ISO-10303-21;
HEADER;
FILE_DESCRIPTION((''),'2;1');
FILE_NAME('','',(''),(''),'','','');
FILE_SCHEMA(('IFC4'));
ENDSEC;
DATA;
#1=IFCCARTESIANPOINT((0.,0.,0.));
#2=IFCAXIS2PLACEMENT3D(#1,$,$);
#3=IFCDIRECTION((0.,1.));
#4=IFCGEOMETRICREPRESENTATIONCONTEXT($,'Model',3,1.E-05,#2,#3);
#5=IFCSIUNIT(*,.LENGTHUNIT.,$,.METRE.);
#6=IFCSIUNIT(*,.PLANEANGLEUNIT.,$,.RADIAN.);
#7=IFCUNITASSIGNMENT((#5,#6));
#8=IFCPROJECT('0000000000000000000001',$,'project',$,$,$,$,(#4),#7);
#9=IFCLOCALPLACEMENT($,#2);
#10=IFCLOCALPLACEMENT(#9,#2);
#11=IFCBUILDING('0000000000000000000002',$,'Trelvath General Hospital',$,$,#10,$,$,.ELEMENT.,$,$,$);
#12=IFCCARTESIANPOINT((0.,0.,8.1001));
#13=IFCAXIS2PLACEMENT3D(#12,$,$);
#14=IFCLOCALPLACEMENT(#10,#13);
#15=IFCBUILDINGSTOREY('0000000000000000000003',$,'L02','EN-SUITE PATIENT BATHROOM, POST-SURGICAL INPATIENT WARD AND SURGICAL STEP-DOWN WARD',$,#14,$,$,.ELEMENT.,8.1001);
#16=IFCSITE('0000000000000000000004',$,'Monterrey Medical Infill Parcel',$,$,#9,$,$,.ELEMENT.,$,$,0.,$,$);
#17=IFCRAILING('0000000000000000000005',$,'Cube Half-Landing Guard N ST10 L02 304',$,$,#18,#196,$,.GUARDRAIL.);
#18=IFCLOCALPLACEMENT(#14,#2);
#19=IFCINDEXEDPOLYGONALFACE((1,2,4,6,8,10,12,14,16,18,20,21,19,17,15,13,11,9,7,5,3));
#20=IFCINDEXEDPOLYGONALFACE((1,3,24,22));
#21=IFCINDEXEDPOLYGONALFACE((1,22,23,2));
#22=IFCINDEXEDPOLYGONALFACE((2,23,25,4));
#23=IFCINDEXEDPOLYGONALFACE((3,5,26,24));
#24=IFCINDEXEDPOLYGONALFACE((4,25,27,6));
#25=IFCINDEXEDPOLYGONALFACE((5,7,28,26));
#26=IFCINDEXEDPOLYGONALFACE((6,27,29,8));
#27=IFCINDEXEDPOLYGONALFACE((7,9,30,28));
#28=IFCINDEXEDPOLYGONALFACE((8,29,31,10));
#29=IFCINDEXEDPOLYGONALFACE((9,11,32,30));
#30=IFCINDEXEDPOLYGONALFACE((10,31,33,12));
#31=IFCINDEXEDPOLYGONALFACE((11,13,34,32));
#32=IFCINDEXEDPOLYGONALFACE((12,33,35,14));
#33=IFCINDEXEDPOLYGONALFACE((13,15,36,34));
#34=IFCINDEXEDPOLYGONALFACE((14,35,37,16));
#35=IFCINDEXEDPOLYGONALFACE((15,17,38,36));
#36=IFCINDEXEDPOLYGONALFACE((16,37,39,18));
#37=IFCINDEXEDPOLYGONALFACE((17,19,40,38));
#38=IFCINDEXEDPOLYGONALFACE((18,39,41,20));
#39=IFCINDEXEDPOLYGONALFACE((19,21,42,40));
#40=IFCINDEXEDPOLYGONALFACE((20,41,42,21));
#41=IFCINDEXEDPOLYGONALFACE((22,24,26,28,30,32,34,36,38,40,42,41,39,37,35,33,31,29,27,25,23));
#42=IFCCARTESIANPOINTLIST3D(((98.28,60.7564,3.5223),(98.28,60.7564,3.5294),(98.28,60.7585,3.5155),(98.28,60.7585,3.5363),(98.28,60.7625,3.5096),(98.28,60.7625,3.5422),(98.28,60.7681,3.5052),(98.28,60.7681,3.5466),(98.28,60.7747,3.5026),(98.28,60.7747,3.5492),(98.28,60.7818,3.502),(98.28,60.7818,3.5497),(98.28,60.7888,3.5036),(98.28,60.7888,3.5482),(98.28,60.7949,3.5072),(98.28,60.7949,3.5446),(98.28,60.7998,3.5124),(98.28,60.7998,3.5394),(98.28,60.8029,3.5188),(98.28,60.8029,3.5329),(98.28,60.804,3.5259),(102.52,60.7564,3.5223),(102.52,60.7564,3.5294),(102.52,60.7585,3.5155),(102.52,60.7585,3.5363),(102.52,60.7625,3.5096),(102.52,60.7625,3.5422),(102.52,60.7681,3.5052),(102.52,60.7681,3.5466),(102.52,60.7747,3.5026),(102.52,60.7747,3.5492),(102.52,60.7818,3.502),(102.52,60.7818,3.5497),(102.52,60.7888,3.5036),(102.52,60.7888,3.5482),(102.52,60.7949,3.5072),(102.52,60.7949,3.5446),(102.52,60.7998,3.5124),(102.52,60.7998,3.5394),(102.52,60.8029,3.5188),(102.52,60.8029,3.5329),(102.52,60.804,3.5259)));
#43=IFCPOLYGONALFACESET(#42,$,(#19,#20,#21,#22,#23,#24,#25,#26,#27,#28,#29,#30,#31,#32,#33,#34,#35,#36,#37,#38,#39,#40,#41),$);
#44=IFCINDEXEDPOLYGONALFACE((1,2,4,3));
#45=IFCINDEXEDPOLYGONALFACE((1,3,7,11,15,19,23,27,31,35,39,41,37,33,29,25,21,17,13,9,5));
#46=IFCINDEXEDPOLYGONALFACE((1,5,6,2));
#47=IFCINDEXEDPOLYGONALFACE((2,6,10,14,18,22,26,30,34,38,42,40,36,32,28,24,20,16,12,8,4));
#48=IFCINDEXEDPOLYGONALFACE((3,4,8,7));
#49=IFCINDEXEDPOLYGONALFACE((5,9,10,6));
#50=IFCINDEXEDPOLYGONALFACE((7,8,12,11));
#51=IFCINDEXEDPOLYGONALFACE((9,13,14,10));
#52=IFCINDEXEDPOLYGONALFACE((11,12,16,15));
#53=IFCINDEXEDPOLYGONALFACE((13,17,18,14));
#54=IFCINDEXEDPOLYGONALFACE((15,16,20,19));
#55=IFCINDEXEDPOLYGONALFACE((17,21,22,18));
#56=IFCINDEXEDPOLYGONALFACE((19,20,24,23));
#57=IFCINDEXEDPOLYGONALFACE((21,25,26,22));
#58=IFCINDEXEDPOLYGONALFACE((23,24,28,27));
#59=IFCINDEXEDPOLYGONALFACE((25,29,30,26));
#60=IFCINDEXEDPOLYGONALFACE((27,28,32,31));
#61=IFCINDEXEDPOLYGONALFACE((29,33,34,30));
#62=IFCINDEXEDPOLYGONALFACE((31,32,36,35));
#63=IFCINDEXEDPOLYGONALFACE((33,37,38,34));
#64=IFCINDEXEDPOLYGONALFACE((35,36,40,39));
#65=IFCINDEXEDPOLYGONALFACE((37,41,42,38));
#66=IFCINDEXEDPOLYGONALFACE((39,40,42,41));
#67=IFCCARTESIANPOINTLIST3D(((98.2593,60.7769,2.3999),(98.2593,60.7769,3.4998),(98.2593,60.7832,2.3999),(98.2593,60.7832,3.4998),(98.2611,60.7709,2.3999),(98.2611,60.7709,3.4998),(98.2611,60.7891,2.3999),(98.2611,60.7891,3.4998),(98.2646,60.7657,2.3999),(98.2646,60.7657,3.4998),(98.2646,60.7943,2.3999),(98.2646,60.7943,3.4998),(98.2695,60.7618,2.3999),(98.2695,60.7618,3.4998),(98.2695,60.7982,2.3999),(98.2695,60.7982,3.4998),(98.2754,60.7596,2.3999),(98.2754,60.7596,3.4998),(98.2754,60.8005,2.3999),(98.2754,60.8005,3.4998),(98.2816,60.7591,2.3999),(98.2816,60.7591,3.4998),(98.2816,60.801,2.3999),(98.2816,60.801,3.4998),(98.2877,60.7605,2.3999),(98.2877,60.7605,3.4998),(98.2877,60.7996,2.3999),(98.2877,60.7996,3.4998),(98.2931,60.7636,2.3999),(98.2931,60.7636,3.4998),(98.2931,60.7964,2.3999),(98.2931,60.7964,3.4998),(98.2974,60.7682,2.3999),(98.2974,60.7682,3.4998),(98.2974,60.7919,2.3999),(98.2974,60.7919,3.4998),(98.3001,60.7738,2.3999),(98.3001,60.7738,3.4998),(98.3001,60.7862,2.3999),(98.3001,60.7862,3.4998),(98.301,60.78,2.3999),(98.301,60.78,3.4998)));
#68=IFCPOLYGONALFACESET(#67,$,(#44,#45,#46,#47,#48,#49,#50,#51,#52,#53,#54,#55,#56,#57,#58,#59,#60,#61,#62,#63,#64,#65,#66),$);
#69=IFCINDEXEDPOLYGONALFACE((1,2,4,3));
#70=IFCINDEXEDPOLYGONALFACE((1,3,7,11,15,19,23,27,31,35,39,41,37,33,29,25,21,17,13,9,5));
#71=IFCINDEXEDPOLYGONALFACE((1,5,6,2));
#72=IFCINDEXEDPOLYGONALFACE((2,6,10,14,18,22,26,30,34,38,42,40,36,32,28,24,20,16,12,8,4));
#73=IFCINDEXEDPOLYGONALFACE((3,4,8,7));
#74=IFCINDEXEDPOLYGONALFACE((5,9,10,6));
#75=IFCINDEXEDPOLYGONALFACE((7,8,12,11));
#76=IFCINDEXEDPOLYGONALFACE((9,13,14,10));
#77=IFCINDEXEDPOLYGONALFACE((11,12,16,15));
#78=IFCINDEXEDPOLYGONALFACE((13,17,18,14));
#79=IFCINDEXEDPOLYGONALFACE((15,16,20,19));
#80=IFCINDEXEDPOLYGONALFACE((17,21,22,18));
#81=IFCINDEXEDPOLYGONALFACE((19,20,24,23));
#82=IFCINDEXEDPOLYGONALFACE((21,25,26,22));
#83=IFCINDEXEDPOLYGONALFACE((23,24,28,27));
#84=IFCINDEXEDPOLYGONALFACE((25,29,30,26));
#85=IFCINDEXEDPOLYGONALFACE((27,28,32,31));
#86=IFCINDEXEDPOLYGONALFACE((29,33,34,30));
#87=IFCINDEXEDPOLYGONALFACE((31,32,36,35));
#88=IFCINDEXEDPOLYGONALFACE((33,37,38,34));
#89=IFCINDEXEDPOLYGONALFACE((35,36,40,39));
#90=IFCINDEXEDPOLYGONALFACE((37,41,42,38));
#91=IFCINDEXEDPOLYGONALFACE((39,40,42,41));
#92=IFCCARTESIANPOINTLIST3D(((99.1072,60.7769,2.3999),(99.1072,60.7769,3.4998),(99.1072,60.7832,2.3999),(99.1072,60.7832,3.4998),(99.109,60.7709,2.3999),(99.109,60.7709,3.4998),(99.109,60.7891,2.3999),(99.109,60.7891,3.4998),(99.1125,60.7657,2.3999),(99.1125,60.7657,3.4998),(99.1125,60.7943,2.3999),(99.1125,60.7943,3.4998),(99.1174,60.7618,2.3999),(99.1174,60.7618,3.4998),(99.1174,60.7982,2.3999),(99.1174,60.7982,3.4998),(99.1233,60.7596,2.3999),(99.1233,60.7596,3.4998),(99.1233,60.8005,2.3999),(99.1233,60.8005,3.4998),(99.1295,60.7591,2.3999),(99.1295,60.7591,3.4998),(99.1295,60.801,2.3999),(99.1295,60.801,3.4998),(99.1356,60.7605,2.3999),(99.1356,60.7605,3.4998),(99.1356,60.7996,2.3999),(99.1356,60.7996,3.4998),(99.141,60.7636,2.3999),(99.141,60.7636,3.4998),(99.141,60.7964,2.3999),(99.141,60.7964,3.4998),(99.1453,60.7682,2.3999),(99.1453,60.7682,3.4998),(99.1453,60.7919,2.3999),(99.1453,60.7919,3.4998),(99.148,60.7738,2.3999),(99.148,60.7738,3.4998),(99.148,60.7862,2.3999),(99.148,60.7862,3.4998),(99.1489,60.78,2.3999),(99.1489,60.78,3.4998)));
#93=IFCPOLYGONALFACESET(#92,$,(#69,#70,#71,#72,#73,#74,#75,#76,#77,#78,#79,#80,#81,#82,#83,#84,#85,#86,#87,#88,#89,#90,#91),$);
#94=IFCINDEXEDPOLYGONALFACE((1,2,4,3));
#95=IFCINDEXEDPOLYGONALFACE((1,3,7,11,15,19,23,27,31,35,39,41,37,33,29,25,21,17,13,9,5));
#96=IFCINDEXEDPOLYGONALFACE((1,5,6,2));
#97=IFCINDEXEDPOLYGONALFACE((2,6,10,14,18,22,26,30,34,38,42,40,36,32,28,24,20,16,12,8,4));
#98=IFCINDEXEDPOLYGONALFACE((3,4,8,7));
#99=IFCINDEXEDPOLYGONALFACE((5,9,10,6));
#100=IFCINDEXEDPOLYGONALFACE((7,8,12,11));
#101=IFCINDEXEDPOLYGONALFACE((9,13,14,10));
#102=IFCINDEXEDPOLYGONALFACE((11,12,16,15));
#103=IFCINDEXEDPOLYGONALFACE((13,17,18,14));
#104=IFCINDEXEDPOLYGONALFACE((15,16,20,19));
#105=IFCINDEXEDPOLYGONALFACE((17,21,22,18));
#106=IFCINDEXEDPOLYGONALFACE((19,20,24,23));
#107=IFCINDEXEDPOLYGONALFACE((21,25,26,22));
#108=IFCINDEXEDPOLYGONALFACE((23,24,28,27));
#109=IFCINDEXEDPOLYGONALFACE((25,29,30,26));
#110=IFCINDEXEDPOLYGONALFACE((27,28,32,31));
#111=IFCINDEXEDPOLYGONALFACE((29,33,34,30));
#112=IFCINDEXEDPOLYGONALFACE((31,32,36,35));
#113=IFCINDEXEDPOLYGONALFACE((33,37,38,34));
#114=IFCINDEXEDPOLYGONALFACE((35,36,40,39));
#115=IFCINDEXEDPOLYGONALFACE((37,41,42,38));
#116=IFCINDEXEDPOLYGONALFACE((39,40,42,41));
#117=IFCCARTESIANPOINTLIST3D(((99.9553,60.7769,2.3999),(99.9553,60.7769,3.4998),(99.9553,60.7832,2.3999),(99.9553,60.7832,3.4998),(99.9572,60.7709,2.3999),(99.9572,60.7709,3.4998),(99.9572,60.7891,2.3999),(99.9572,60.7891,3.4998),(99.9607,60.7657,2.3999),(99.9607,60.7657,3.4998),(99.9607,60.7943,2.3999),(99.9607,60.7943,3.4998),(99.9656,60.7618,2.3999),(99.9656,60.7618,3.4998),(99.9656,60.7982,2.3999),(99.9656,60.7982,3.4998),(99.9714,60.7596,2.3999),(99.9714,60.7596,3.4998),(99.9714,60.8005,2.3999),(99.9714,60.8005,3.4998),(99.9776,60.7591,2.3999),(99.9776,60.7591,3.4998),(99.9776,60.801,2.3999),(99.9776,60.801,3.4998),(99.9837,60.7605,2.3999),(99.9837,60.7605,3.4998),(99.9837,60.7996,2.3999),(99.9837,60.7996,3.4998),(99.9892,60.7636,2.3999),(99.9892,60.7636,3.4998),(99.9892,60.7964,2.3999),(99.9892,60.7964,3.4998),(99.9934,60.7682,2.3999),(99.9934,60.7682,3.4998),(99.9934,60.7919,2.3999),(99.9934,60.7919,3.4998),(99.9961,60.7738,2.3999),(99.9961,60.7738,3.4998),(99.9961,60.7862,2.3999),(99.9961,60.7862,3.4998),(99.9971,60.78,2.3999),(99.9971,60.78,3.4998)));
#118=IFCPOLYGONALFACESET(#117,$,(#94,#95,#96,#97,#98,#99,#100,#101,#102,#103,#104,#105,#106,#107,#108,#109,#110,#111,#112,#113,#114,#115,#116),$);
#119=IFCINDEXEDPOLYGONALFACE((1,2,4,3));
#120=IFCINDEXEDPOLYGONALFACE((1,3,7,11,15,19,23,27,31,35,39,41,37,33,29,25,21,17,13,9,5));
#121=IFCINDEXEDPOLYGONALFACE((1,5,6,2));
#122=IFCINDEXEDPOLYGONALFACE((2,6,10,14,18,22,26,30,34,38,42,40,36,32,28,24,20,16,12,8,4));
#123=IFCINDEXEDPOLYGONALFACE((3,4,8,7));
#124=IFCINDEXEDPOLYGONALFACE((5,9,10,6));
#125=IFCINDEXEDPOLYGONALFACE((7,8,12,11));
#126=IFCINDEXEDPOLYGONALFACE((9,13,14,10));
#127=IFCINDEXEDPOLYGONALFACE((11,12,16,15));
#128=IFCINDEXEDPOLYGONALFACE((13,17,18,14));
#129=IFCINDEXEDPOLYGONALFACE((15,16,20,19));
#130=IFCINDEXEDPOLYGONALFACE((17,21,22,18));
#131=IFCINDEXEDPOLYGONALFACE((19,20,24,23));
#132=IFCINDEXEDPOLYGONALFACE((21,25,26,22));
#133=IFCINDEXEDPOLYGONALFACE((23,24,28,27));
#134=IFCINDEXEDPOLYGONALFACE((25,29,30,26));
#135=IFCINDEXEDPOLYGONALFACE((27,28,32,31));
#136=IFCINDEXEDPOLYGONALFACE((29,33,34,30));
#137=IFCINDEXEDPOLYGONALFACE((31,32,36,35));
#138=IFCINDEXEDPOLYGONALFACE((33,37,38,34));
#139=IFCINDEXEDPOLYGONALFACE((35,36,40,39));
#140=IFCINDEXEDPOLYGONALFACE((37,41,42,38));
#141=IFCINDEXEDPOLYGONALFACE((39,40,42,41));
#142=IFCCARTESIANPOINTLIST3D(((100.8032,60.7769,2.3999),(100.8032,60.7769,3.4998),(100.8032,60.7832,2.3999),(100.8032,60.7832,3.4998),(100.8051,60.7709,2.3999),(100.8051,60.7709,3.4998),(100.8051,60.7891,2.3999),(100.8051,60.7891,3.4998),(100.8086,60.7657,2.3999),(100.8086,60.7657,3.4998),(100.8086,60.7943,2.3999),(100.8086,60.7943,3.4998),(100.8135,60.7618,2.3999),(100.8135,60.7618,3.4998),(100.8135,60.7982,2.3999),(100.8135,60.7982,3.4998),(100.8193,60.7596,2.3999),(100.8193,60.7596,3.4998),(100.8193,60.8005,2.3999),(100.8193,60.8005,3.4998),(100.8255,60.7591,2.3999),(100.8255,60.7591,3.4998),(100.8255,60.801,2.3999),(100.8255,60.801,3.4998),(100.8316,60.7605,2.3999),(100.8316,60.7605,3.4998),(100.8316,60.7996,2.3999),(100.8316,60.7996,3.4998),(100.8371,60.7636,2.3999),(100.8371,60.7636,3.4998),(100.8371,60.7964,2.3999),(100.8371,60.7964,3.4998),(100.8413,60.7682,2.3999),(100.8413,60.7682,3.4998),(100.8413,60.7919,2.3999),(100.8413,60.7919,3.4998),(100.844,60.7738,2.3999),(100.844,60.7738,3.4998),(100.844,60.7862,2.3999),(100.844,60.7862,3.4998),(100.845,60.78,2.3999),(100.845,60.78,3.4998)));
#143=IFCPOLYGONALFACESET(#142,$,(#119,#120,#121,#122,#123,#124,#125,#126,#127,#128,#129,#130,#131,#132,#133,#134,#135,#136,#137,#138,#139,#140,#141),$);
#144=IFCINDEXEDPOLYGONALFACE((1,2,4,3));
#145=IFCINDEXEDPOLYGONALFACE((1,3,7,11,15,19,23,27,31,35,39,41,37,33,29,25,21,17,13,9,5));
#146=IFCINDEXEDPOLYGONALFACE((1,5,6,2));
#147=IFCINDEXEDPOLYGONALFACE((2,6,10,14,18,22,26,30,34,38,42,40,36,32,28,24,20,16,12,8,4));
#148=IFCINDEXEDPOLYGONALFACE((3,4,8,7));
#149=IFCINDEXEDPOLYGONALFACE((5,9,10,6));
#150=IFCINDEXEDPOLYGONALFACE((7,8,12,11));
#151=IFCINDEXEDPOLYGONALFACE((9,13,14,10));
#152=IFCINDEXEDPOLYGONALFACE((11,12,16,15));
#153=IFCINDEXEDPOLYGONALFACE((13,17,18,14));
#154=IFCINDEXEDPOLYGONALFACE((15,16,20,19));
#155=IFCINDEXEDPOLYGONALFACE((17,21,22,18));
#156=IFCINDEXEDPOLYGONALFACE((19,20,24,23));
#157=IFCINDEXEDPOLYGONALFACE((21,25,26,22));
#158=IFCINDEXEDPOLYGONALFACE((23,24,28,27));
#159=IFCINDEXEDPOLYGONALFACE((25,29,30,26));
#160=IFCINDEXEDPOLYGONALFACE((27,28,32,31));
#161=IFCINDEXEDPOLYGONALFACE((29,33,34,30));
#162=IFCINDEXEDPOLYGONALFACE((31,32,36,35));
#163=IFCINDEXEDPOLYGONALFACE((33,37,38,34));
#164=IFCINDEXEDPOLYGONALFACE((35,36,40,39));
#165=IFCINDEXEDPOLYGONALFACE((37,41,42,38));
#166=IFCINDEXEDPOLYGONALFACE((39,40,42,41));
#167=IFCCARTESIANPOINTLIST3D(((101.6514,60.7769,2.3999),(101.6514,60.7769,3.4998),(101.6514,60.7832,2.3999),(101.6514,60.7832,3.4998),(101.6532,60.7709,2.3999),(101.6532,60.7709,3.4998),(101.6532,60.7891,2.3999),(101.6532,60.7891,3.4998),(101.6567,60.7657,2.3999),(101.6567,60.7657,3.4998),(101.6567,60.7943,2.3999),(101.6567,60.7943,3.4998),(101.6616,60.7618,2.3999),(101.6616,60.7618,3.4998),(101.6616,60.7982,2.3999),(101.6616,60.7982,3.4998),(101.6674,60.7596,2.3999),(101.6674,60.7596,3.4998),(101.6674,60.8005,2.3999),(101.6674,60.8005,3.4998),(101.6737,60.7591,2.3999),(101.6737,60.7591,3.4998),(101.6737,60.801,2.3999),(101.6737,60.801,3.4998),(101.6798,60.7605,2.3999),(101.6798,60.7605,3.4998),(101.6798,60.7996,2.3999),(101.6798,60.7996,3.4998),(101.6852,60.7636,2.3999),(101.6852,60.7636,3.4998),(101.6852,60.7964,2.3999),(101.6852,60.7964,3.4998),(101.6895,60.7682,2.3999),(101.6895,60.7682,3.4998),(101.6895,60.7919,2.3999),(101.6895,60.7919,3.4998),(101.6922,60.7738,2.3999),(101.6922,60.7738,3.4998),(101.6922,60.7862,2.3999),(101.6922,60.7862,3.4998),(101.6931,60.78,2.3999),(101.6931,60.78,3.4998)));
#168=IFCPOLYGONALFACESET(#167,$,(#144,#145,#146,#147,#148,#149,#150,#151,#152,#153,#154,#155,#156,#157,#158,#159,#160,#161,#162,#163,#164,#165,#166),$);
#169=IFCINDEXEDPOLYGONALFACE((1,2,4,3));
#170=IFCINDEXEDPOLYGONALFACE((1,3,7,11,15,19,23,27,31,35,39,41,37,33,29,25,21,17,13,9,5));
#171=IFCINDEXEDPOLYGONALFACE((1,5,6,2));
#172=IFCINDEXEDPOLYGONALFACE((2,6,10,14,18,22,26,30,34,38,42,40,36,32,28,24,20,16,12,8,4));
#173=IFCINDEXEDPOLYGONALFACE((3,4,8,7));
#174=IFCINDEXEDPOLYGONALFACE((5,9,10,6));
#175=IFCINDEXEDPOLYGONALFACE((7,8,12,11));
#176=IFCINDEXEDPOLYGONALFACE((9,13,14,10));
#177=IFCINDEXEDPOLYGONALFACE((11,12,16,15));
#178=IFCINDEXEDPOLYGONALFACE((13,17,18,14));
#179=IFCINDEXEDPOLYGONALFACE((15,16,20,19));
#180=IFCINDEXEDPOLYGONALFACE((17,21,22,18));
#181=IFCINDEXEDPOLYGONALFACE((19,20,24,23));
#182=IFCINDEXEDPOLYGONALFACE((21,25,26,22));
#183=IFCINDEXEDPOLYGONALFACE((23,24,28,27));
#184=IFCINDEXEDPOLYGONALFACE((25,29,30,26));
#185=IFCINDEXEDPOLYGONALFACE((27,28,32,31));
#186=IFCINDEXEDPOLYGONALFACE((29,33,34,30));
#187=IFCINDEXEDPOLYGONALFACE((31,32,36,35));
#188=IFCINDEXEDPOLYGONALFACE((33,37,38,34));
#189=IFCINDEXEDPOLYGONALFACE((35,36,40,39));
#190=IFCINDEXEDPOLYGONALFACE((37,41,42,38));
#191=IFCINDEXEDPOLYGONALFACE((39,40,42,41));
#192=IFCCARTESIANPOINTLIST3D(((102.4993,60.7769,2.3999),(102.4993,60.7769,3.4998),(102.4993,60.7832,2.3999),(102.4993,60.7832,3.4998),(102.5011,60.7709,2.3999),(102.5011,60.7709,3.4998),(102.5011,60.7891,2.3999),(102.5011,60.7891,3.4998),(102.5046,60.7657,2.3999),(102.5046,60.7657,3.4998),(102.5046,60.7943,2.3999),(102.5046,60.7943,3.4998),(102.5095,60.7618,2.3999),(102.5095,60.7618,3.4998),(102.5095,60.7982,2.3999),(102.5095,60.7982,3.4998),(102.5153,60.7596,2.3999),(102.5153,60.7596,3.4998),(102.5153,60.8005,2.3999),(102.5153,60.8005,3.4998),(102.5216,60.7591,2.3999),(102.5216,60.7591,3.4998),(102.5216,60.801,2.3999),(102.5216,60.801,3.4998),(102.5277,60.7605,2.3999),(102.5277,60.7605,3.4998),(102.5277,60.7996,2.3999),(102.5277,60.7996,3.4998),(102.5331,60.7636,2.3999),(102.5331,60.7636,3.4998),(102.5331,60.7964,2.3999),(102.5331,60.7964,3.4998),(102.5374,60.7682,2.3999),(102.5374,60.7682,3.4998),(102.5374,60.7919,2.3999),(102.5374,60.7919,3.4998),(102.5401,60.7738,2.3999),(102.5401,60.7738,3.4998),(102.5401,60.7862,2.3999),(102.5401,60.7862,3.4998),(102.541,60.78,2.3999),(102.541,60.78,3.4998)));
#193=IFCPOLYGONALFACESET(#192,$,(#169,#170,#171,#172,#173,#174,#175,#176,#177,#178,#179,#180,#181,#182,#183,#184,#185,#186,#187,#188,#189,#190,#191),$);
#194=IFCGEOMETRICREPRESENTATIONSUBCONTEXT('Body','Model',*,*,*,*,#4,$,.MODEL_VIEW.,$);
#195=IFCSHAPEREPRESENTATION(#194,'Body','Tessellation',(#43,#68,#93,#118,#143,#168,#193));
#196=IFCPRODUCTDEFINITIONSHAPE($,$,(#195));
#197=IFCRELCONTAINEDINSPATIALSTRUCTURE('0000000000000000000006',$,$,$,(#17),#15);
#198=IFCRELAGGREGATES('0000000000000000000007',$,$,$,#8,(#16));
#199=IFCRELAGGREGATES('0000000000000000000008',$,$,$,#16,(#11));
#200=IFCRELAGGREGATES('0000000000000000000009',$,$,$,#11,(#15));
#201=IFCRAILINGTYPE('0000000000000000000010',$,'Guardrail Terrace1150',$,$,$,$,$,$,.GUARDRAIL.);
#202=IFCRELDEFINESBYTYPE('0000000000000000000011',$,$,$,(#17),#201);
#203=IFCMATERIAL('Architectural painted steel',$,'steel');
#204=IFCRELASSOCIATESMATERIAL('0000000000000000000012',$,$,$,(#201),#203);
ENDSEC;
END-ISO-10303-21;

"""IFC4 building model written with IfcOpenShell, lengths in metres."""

from ifc_helpers import new_model, si_unit, direction, frame, origin, origin_2d, place, context, subcontext, project, spatial, circle, extrude, material, type_object, element, save


model = new_model("IFC4")

# Units and contexts
model_context = context("Model", 3, precision=1e-05, world=origin(), true_north=direction((0.0, 1.0)))
body_context = subcontext(model_context, "Body", "Model", "MODEL_VIEW")
ifc_project = project(units=[si_unit("LENGTHUNIT", "METRE"), si_unit("PLANEANGLEUNIT", "RADIAN")], contexts=[model_context])

# Site, building, storey
site_placement = place(None, origin())
site = spatial("IfcSite", under=ifc_project, at=site_placement, Name="Monterrey Medical Infill Parcel", CompositionType="ELEMENT", RefElevation=0.0)
building_placement = place(site_placement, origin())
building = spatial("IfcBuilding", under=site, at=building_placement, Name="Trelvath General Hospital", CompositionType="ELEMENT")
storey_placement = place(building_placement, frame((0.0, 0.0, 8.1001)))
storey = spatial("IfcBuildingStorey", under=building, at=storey_placement, Name="L02", Description="EN-SUITE PATIENT BATHROOM, POST-SURGICAL INPATIENT WARD AND SURGICAL STEP-DOWN WARD", CompositionType="ELEMENT", Elevation=8.1001)

# Railing
ifc_material_1 = material(Name="Architectural painted steel", Category="steel")
railing_type = type_object("IfcRailingType", Name="Guardrail Terrace1150", PredefinedType="GUARDRAIL", material=ifc_material_1)
railing_1_placement = place(storey_placement, frame((98.28, 60.78, 2.3999)))
element("IfcRailing", 1, at=railing_1_placement, inside=storey, type_object=railing_type, Name="Cube Half-Landing Guard N ST10 L02 304", PredefinedType="GUARDRAIL", context=body_context, shape_type="SweptSolid", body=[
    extrude(circle(Radius=0.0239, at=origin_2d()), frame((0.0, 0.0, 1.126), z_axis=(1.0, 0.0, 0.0), x_axis=(0.0, 1.0, 0.0)), (0.0, 0.0, 1.0), 4.24),
    extrude(circle(Radius=0.021, at=origin_2d()), origin(), (0.0, 0.0, 1.0), 1.0999),
    extrude(circle(Radius=0.021, at=origin_2d()), frame((0.8479, 0.0, 0.0)), (0.0, 0.0, 1.0), 1.0999),
    extrude(circle(Radius=0.021, at=origin_2d()), frame((1.696, 0.0, 0.0)), (0.0, 0.0, 1.0), 1.0999),
    extrude(circle(Radius=0.021, at=origin_2d()), frame((2.5439, 0.0, 0.0)), (0.0, 0.0, 1.0), 1.0999),
    extrude(circle(Radius=0.021, at=origin_2d()), frame((3.3921, 0.0, 0.0)), (0.0, 0.0, 1.0), 1.0999),
    extrude(circle(Radius=0.021, at=origin_2d()), frame((4.24, 0.0, 0.0)), (0.0, 0.0, 1.0), 1.0999),
])

save(model, "model.ifc")
